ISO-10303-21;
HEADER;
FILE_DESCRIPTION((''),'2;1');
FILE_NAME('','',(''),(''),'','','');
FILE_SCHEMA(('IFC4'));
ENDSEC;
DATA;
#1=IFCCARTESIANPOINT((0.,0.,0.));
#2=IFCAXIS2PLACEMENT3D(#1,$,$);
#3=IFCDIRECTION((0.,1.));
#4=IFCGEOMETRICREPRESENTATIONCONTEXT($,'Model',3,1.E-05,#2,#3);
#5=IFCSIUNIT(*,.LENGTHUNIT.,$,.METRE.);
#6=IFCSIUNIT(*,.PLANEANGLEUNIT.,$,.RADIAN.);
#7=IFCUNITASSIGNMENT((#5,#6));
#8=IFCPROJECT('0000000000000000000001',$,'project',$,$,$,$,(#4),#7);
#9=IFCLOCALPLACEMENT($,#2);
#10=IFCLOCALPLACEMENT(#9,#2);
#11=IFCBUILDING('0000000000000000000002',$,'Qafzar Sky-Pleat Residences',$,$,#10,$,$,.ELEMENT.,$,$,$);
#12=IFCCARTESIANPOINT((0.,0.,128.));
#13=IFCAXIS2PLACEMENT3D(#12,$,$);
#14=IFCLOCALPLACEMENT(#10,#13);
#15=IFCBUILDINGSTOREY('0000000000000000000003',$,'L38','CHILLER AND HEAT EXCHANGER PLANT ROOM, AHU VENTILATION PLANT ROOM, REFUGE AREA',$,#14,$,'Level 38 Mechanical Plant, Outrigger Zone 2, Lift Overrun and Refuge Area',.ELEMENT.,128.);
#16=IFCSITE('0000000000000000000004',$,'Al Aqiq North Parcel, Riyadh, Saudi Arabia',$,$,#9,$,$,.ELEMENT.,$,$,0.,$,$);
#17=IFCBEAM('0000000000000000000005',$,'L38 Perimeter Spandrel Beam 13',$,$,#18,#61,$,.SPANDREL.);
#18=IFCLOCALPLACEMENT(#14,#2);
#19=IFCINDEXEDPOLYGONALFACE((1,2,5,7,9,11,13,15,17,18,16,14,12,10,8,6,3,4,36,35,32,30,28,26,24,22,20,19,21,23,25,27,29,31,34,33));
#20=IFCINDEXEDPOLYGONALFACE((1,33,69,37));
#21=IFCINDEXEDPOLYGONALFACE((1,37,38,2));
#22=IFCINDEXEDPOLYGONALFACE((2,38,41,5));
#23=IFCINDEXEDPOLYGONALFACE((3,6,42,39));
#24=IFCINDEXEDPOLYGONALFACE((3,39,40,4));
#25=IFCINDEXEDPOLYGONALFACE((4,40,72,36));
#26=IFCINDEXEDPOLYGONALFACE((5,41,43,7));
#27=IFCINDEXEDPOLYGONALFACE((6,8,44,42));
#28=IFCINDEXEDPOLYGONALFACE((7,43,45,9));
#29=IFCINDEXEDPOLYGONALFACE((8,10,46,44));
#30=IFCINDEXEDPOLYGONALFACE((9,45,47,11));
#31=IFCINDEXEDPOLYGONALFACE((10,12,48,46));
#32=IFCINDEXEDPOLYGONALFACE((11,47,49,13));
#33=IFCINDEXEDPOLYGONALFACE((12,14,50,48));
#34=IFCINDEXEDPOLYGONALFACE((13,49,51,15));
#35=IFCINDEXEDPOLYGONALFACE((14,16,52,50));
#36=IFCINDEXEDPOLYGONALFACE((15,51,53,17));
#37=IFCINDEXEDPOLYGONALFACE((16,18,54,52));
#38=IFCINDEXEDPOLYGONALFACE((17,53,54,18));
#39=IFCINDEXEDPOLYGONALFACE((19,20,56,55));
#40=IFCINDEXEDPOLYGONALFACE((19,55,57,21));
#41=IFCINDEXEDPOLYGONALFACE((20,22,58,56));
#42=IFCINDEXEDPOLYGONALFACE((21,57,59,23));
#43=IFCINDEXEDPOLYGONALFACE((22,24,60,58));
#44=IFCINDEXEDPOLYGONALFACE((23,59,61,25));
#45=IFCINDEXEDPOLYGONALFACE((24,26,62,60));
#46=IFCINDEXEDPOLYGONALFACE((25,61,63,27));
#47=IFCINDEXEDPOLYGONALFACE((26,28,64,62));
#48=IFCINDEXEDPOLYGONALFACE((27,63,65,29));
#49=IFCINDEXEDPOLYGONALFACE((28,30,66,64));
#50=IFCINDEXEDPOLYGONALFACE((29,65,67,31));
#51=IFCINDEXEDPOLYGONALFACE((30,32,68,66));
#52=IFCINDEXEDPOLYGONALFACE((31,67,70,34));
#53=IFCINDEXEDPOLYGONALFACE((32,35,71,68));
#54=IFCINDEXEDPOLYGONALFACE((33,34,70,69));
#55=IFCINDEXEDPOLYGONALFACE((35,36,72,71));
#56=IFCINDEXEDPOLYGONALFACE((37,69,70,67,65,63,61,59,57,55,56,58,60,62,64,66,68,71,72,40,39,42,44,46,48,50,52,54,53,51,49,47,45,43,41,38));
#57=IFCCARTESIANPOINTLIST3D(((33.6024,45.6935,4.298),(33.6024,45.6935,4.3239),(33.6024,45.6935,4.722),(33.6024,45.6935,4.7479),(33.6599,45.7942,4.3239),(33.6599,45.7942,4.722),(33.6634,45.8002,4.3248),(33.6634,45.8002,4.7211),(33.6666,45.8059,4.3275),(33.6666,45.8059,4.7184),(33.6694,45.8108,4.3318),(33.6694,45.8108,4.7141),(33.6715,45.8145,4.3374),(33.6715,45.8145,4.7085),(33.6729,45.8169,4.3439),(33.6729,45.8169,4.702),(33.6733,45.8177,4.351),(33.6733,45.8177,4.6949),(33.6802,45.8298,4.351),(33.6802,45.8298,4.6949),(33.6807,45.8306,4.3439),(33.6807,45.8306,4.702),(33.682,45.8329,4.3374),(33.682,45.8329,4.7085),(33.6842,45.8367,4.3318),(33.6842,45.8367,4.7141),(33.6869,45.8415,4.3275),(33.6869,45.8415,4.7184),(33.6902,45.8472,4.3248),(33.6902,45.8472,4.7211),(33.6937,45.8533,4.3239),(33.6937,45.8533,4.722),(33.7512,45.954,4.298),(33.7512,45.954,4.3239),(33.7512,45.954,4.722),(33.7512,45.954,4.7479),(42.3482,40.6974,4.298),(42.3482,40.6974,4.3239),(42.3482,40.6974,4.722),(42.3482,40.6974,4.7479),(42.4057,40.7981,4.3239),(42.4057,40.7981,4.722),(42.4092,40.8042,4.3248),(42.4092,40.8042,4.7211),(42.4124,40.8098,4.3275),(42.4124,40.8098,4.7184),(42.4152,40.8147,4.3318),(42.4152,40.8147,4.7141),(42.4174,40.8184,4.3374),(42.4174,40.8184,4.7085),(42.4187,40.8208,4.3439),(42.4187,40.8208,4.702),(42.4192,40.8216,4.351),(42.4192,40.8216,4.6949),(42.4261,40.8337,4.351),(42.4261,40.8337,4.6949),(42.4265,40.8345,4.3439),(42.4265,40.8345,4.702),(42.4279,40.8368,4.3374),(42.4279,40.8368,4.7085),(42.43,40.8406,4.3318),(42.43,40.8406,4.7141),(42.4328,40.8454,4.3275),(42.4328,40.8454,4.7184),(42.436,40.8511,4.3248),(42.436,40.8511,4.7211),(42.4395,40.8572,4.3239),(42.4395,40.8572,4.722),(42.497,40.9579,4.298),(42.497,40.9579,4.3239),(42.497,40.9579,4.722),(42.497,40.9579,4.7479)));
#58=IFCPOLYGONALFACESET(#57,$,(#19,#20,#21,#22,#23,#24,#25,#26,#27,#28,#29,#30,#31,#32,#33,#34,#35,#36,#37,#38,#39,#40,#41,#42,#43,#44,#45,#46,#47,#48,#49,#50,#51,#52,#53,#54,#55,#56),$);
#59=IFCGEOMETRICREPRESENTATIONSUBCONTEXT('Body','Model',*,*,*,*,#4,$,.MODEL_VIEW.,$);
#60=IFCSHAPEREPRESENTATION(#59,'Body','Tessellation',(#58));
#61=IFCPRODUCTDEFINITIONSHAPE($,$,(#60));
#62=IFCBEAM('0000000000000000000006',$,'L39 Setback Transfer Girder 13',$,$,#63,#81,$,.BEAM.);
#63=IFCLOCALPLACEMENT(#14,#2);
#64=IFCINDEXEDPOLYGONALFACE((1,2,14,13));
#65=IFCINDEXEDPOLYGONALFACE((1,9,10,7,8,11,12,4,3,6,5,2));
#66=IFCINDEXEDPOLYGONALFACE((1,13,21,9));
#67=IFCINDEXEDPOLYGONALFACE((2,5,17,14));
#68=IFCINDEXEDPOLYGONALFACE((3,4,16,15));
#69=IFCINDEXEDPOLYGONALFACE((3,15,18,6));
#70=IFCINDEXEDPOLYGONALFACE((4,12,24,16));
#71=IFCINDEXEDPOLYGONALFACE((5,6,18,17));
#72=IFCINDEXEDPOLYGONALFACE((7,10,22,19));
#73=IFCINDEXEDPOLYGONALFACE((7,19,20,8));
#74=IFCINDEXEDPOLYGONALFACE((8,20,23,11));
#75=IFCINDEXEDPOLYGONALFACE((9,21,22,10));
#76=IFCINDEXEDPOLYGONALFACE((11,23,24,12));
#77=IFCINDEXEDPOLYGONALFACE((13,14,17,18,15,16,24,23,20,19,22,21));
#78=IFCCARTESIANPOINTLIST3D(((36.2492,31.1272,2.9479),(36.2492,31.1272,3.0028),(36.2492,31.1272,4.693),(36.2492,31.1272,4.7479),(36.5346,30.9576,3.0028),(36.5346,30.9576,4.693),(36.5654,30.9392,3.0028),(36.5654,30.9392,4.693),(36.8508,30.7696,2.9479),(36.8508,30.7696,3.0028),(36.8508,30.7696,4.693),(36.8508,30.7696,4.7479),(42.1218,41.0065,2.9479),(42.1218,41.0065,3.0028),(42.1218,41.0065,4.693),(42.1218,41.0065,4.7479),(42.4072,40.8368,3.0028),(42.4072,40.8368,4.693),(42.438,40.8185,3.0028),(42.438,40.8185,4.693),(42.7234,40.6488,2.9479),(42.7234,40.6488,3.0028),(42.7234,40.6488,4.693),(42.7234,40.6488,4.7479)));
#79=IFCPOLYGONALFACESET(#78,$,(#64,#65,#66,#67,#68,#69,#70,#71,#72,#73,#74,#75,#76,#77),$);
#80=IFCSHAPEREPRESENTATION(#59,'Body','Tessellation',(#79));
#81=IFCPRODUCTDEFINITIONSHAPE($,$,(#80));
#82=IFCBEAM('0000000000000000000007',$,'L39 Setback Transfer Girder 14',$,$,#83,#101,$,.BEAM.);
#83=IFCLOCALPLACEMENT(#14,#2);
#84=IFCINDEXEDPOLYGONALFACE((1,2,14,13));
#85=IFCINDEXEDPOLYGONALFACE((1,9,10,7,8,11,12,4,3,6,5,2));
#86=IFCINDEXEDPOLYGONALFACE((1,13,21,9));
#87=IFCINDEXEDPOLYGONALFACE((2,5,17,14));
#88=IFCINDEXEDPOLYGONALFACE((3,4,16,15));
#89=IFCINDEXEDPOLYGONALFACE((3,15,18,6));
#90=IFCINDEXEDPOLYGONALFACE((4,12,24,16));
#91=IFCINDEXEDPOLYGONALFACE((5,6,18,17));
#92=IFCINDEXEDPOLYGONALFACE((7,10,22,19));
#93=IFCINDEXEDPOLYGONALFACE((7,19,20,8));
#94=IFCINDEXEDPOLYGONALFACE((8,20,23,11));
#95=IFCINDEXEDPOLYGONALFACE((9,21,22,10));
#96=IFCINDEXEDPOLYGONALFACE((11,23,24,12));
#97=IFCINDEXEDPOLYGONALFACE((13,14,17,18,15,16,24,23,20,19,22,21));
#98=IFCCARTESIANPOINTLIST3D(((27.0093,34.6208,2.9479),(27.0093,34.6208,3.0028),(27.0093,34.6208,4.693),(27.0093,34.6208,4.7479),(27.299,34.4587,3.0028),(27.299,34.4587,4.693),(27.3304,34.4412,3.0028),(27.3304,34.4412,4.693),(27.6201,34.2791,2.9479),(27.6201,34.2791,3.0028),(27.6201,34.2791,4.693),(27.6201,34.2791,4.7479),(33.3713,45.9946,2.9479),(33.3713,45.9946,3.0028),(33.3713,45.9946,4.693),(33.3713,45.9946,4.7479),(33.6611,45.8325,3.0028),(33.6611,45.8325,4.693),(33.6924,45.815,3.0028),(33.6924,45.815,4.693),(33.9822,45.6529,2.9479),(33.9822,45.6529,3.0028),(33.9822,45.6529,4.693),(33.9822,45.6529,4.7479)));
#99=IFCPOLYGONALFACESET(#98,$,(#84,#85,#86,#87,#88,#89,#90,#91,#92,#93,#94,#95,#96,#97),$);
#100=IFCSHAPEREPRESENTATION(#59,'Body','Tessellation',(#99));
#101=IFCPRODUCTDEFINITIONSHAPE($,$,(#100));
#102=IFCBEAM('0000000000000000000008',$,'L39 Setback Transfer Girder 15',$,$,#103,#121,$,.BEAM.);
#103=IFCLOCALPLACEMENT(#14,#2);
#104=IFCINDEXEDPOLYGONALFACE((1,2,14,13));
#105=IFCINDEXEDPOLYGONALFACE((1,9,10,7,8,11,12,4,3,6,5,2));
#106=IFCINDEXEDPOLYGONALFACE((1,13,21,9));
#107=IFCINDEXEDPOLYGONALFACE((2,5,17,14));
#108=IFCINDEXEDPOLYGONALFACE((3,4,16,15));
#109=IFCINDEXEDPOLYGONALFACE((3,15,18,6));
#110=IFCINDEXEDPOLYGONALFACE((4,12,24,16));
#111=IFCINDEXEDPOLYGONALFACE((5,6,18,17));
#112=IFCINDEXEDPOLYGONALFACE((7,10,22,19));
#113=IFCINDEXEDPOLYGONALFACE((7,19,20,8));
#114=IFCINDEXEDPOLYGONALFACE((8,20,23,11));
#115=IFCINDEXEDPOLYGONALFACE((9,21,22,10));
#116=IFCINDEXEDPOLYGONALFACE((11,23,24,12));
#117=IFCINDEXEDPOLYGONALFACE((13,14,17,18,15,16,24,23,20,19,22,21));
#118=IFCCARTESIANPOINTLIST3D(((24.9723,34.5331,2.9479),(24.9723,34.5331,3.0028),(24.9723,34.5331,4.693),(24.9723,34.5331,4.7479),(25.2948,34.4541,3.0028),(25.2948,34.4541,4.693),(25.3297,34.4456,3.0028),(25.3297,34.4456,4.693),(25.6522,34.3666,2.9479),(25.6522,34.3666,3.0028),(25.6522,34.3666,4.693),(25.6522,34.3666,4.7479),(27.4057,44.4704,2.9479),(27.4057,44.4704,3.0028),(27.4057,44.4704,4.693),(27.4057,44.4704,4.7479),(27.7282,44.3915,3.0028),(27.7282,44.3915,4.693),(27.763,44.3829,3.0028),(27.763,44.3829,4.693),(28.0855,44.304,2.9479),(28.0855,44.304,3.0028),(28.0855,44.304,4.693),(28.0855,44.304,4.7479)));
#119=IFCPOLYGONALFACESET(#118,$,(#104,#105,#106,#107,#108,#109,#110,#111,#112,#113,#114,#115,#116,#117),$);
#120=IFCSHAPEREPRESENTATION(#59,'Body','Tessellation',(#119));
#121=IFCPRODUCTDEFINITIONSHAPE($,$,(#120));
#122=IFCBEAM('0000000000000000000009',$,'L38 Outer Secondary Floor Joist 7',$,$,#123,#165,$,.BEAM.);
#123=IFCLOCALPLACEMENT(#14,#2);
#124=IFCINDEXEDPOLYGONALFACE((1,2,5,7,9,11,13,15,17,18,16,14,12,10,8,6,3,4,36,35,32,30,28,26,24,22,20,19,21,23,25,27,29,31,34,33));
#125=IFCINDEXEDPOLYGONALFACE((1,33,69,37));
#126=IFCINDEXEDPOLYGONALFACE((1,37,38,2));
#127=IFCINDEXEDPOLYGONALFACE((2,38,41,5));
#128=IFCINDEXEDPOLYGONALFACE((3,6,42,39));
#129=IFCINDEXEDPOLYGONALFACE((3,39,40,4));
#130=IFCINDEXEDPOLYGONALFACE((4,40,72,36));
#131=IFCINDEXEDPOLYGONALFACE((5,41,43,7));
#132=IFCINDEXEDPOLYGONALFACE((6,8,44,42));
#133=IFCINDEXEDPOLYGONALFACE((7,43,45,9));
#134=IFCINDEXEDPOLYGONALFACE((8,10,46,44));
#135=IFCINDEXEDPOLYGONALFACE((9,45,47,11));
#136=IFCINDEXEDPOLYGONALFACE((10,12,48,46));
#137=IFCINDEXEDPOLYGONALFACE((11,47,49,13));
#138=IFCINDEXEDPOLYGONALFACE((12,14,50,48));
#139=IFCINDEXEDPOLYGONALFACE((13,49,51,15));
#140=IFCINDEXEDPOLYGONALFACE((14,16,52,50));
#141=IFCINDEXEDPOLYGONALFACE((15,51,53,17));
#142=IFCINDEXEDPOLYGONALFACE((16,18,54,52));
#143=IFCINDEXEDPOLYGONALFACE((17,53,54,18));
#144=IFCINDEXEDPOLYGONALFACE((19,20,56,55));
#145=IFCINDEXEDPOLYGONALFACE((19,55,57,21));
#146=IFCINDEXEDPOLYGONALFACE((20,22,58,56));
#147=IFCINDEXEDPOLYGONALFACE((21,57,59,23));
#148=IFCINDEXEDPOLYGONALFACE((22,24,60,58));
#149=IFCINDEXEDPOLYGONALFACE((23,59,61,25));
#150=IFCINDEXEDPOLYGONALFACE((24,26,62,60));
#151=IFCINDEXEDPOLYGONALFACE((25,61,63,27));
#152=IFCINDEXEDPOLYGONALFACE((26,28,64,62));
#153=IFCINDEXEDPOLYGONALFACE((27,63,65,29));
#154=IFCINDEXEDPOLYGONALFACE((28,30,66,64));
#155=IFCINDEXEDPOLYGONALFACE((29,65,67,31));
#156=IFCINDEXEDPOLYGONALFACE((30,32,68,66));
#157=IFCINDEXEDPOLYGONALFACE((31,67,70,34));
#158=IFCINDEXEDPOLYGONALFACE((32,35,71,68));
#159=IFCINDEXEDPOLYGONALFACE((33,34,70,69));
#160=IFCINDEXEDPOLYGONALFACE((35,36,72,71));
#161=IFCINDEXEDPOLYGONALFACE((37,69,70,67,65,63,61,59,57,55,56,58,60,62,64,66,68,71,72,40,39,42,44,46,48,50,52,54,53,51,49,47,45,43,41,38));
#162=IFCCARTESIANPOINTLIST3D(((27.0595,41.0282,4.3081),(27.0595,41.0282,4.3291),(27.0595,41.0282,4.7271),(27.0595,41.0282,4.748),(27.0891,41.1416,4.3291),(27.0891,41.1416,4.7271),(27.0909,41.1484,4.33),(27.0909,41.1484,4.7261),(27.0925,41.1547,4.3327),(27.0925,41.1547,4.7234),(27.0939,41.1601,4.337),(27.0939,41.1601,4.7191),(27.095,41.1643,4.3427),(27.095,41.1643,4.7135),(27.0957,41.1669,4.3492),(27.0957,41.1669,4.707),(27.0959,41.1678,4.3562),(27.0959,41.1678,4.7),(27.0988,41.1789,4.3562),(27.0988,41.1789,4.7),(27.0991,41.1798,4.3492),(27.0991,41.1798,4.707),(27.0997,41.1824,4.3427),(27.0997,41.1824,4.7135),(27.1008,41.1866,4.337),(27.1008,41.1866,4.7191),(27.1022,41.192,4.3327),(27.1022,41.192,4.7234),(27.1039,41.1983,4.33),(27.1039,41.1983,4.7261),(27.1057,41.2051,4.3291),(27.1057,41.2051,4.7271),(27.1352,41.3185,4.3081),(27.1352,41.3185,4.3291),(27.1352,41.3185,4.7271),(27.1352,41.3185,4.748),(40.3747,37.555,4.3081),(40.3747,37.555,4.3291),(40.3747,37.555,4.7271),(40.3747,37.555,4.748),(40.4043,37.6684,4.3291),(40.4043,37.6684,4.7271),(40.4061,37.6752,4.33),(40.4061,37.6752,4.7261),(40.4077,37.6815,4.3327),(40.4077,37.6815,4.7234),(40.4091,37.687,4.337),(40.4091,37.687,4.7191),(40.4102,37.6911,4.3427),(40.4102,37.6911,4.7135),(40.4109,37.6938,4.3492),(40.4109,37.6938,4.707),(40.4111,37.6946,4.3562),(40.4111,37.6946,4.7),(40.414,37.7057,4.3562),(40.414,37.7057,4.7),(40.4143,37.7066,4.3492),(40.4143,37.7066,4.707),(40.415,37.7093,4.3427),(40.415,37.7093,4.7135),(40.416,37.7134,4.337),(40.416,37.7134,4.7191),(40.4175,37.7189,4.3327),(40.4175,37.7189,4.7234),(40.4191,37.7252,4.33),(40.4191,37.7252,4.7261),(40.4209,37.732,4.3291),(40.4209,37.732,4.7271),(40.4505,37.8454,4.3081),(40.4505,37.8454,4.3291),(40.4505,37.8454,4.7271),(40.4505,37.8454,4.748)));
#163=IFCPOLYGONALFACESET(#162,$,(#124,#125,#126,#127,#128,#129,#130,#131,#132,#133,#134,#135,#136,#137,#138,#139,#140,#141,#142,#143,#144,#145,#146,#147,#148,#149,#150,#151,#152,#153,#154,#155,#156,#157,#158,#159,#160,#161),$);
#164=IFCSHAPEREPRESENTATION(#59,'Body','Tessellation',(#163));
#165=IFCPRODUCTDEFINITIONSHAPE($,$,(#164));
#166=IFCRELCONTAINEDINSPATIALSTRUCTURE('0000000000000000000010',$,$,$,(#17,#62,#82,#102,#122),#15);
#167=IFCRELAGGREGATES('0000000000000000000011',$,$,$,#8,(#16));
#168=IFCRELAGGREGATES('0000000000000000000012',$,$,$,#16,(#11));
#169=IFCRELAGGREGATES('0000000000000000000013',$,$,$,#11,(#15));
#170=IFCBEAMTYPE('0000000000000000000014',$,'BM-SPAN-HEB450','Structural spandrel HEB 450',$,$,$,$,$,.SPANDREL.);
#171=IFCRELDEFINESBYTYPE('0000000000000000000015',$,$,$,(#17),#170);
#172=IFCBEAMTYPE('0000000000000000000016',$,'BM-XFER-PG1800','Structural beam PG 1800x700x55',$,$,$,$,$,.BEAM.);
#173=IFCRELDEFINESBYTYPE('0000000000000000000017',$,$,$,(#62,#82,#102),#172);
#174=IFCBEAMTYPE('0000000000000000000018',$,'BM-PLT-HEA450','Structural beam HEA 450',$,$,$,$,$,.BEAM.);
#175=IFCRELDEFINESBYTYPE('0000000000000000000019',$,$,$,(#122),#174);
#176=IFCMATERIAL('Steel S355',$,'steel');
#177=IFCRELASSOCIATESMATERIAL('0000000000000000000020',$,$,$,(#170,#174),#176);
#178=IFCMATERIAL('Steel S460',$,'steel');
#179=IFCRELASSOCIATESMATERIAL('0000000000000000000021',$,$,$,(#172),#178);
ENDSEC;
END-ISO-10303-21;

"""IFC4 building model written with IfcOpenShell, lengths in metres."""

from ifc_helpers import new_model, si_unit, direction, frame, origin, origin_2d, place, context, subcontext, project, spatial, i_section, extrude, source, transform, mapped, material, material_profile, profile_set, type_object, element, save


model = new_model("IFC4")

# Units and contexts
model_context = context("Model", 3, precision=1e-05, world=origin(), true_north=direction((0.0, 1.0)))
body_context = subcontext(model_context, "Body", "Model", "MODEL_VIEW")
ifc_project = project(units=[si_unit("LENGTHUNIT", "METRE"), si_unit("PLANEANGLEUNIT", "RADIAN")], contexts=[model_context])

# Site, building, storey
site_placement = place(None, origin())
site = spatial("IfcSite", under=ifc_project, at=site_placement, Name="Al Aqiq North Parcel, Riyadh, Saudi Arabia", CompositionType="ELEMENT", RefElevation=0.0)
building_placement = place(site_placement, origin())
building = spatial("IfcBuilding", under=site, at=building_placement, Name="Qafzar Sky-Pleat Residences", CompositionType="ELEMENT")
storey_placement = place(building_placement, frame((0.0, 0.0, 128.0)))
storey = spatial("IfcBuildingStorey", under=building, at=storey_placement, Name="L38", Description="CHILLER AND HEAT EXCHANGER PLANT ROOM, AHU VENTILATION PLANT ROOM, REFUGE AREA", LongName="Level 38 Mechanical Plant, Outrigger Zone 2, Lift Overrun and Refuge Area", CompositionType="ELEMENT", Elevation=128.0)

# Shared definitions
ifc_material_1 = material(Name="Steel S460", Category="steel")

# Beams
ifc_material_2 = material(Name="Steel S355", Category="steel")
ifc_material_profile_1 = material_profile(ifc_material_2, i_section(OverallWidth=0.3, OverallDepth=0.45, WebThickness=0.0139, FlangeThickness=0.0259, FilletRadius=0.0271, at=origin_2d()), Name="HEB 450")
ifc_profile_set_1 = profile_set([ifc_material_profile_1], Name="Steel S355")
beam_type_1 = type_object("IfcBeamType", Name="BM-SPAN-HEB450", Description="Structural spandrel HEB 450", PredefinedType="SPANDREL", material=ifc_profile_set_1)
shared_shape_1 = source(origin(), body_context, "Body", "SweptSolid", [
    extrude(i_section(OverallWidth=0.3, OverallDepth=0.45, WebThickness=0.0139, FlangeThickness=0.0259, FilletRadius=0.0271, at=origin_2d()), origin(), (0.0, 0.0, 1.0), 10.0723),
])
beam_1_placement = place(storey_placement, frame((42.4226, 40.8276, 4.5229), z_axis=(-0.868309, 0.496024, 0.0), x_axis=(-0.496024, -0.868309, 0.0)))
element("IfcBeam", 1, at=beam_1_placement, inside=storey, type_object=beam_type_1, Name="L38 Perimeter Spandrel Beam 13", PredefinedType="SPANDREL", context=body_context, shape_type="MappedRepresentation", body=[
    mapped(shared_shape_1, transform((0.0, 0.0, 0.0), x_axis=(1.0, 0.0, 0.0), y_axis=(0.0, 1.0, 0.0), z_axis=(0.0, 0.0, 1.0), scale=1.0)),
])
ifc_material_profile_2 = material_profile(ifc_material_1, i_section(OverallWidth=0.7, OverallDepth=1.8, WebThickness=0.0359, FlangeThickness=0.0549, at=origin_2d()), Name="PG 1800x700x55")
ifc_profile_set_2 = profile_set([ifc_material_profile_2], Name="Steel S460")
beam_type_2 = type_object("IfcBeamType", Name="BM-XFER-PG1800", Description="Structural beam PG 1800x700x55", PredefinedType="BEAM", material=ifc_profile_set_2)
shared_shape_2 = source(origin(), body_context, "Body", "SweptSolid", [
    extrude(i_section(OverallWidth=0.7, OverallDepth=1.8, WebThickness=0.0359, FlangeThickness=0.0549, at=origin_2d()), origin(), (0.0, 0.0, 1.0), 11.4929),
])
beam_2_placement = place(storey_placement, frame((42.4226, 40.8276, 3.8479), z_axis=(-0.510977, -0.859594, 0.0), x_axis=(0.859594, -0.510977, 0.0)))
element("IfcBeam", 2, at=beam_2_placement, inside=storey, type_object=beam_type_2, Name="L39 Setback Transfer Girder 13", PredefinedType="BEAM", context=body_context, shape_type="MappedRepresentation", body=[
    mapped(shared_shape_2, transform((0.0, 0.0, 0.0), x_axis=(1.0, 0.0, 0.0), y_axis=(0.0, 1.0, 0.0), z_axis=(0.0, 0.0, 1.0), scale=1.0)),
])
shared_shape_3 = source(origin(), body_context, "Body", "SweptSolid", [
    extrude(i_section(OverallWidth=0.7, OverallDepth=1.8, WebThickness=0.0359, FlangeThickness=0.0549, at=origin_2d()), origin(), (0.0, 0.0, 1.0), 13.0322),
])
beam_3_placement = place(storey_placement, frame((33.6768, 45.8237, 3.8479), z_axis=(-0.488179, -0.872743, 0.0), x_axis=(0.872743, -0.488179, 0.0)))
element("IfcBeam", 3, at=beam_3_placement, inside=storey, type_object=beam_type_2, Name="L39 Setback Transfer Girder 14", PredefinedType="BEAM", context=body_context, shape_type="MappedRepresentation", body=[
    mapped(shared_shape_3, transform((0.0, 0.0, 0.0), x_axis=(1.0, 0.0, 0.0), y_axis=(0.0, 1.0, 0.0), z_axis=(0.0, 0.0, 1.0), scale=1.0)),
])
shared_shape_4 = source(origin(), body_context, "Body", "SweptSolid", [
    extrude(i_section(OverallWidth=0.7, OverallDepth=1.8, WebThickness=0.0359, FlangeThickness=0.0549, at=origin_2d()), origin(), (0.0, 0.0, 1.0), 10.231),
])
beam_4_placement = place(storey_placement, frame((27.7456, 44.3872, 3.8479), z_axis=(-0.237844, -0.971303, 0.0), x_axis=(0.971303, -0.237844, 0.0)))
element("IfcBeam", 4, at=beam_4_placement, inside=storey, type_object=beam_type_2, Name="L39 Setback Transfer Girder 15", PredefinedType="BEAM", context=body_context, shape_type="MappedRepresentation", body=[
    mapped(shared_shape_4, transform((0.0, 0.0, 0.0), x_axis=(1.0, 0.0, 0.0), y_axis=(0.0, 1.0, 0.0), z_axis=(0.0, 0.0, 1.0), scale=1.0)),
])
ifc_material_profile_3 = material_profile(ifc_material_2, i_section(OverallWidth=0.3, OverallDepth=0.4399, WebThickness=0.0115, FlangeThickness=0.021, FilletRadius=0.0271, at=origin_2d()), Name="HEA 450")
ifc_profile_set_3 = profile_set([ifc_material_profile_3], Name="Steel S355")
beam_type_3 = type_object("IfcBeamType", Name="BM-PLT-HEA450", Description="Structural beam HEA 450", PredefinedType="BEAM", material=ifc_profile_set_3)
shared_shape_5 = source(origin(), body_context, "Body", "SweptSolid", [
    extrude(i_section(OverallWidth=0.3, OverallDepth=0.4399, WebThickness=0.0115, FlangeThickness=0.021, FilletRadius=0.0271, at=origin_2d()), origin(), (0.0, 0.0, 1.0), 13.7607),
])
beam_5_placement = place(storey_placement, frame((40.4126, 37.7002, 4.5281), z_axis=(-0.967624, 0.252396, 0.0), x_axis=(-0.252396, -0.967624, 0.0)))
element("IfcBeam", 5, at=beam_5_placement, inside=storey, type_object=beam_type_3, Name="L38 Outer Secondary Floor Joist 7", PredefinedType="BEAM", context=body_context, shape_type="MappedRepresentation", body=[
    mapped(shared_shape_5, transform((0.0, 0.0, 0.0), x_axis=(1.0, 0.0, 0.0), y_axis=(0.0, 1.0, 0.0), z_axis=(0.0, 0.0, 1.0), scale=1.0)),
])

save(model, "model.ifc")
